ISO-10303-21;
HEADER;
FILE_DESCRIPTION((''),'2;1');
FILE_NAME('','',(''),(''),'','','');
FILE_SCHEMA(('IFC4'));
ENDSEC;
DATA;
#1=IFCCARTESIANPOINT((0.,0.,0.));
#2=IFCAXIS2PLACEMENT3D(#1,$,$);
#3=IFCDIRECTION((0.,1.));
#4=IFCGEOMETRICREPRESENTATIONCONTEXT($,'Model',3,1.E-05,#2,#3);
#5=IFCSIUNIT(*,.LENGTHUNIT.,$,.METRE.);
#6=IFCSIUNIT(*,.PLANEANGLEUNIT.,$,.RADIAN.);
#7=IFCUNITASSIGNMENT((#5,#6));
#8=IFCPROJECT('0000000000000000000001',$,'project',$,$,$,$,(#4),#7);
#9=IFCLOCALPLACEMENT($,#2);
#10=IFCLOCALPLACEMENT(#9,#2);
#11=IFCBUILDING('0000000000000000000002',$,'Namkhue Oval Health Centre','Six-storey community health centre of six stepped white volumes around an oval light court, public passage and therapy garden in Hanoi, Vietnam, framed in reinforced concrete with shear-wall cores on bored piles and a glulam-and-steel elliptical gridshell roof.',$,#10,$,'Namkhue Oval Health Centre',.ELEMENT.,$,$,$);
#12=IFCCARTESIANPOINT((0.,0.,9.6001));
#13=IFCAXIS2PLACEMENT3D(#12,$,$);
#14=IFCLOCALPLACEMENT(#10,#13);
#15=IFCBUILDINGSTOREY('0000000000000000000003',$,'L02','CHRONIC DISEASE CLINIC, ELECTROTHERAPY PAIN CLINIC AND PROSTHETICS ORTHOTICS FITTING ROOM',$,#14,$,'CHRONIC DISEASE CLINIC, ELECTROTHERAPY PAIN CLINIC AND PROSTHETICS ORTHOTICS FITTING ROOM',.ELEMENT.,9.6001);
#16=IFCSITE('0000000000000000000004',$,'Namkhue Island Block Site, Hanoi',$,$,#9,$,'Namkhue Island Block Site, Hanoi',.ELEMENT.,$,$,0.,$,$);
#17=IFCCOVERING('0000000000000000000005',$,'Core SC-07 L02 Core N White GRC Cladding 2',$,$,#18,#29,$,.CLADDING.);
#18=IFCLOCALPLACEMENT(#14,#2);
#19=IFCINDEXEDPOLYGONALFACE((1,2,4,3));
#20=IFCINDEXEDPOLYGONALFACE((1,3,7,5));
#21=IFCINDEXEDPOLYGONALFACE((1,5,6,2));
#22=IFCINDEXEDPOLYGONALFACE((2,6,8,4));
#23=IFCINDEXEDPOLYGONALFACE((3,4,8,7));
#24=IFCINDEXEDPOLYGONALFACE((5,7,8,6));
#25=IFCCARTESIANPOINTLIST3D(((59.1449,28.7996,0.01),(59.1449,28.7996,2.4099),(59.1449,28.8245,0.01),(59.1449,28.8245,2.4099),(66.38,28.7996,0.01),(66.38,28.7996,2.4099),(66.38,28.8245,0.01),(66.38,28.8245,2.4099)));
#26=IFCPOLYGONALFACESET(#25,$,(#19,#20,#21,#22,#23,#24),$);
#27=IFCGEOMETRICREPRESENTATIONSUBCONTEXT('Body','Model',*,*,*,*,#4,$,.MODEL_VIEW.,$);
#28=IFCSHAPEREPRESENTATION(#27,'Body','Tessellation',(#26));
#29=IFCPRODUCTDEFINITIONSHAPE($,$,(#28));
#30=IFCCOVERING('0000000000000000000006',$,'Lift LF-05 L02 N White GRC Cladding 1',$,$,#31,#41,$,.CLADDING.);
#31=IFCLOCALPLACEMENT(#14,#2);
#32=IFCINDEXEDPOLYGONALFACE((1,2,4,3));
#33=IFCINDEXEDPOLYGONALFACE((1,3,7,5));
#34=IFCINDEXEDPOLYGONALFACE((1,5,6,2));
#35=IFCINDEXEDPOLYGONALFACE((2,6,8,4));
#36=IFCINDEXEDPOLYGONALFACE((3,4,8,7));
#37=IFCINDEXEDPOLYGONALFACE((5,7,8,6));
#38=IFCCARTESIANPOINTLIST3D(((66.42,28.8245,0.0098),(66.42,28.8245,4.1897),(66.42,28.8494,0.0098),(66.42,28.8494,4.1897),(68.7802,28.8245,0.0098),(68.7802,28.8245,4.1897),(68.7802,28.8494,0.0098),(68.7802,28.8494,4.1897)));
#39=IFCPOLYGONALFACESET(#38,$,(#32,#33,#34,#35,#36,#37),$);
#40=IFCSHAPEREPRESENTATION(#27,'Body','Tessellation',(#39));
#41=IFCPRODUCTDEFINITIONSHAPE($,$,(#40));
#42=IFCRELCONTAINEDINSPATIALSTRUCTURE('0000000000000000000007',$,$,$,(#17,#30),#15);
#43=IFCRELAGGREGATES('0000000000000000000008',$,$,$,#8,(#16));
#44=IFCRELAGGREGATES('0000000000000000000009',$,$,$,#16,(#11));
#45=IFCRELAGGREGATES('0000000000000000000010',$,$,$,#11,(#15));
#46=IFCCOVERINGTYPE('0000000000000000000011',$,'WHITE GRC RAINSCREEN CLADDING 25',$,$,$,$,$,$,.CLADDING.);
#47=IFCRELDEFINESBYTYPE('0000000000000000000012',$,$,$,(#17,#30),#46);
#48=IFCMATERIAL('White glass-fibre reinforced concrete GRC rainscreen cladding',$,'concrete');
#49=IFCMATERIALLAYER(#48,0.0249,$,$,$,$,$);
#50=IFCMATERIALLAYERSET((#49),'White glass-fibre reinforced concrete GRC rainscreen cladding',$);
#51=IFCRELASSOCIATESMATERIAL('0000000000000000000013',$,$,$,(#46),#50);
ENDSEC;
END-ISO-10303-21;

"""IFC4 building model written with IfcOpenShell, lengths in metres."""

from ifc_helpers import new_model, si_unit, direction, frame, origin, origin_2d, place, context, subcontext, project, spatial, rectangle, extrude, material, layer, layer_set, type_object, element, save


model = new_model("IFC4")

# Units and contexts
model_context = context("Model", 3, precision=1e-05, world=origin(), true_north=direction((0.0, 1.0)))
body_context = subcontext(model_context, "Body", "Model", "MODEL_VIEW")
ifc_project = project(units=[si_unit("LENGTHUNIT", "METRE"), si_unit("PLANEANGLEUNIT", "RADIAN")], contexts=[model_context])

# Site, building, storey
site_placement = place(None, origin())
site = spatial("IfcSite", under=ifc_project, at=site_placement, Name="Namkhue Island Block Site, Hanoi", LongName="Namkhue Island Block Site, Hanoi", CompositionType="ELEMENT", RefElevation=0.0)
building_placement = place(site_placement, origin())
building = spatial("IfcBuilding", under=site, at=building_placement, Name="Namkhue Oval Health Centre", Description="Six-storey community health centre of six stepped white volumes around an oval light court, public passage and therapy garden in Hanoi, Vietnam, framed in reinforced concrete with shear-wall cores on bored piles and a glulam-and-steel elliptical gridshell roof.", LongName="Namkhue Oval Health Centre", CompositionType="ELEMENT")
storey_placement = place(building_placement, frame((0.0, 0.0, 9.6001)))
storey = spatial("IfcBuildingStorey", under=building, at=storey_placement, Name="L02", Description="CHRONIC DISEASE CLINIC, ELECTROTHERAPY PAIN CLINIC AND PROSTHETICS ORTHOTICS FITTING ROOM", LongName="CHRONIC DISEASE CLINIC, ELECTROTHERAPY PAIN CLINIC AND PROSTHETICS ORTHOTICS FITTING ROOM", CompositionType="ELEMENT", Elevation=9.6001)

# Coverings
ifc_material_1 = material(Name="White glass-fibre reinforced concrete GRC rainscreen cladding", Category="concrete")
ifc_layer_1 = layer(ifc_material_1, 0.0249)
ifc_layer_set_1 = layer_set([ifc_layer_1], Name="White glass-fibre reinforced concrete GRC rainscreen cladding")
covering_type = type_object("IfcCoveringType", Name="WHITE GRC RAINSCREEN CLADDING 25", PredefinedType="CLADDING", material=ifc_layer_set_1)
covering_1_placement = place(storey_placement, frame((62.7625, 28.812, 0.01), z_axis=(0.0, 0.0, 1.0), x_axis=(-1.0, 0.0, 0.0)))
element("IfcCovering", 1, at=covering_1_placement, inside=storey, type_object=covering_type, Name="Core SC-07 L02 Core N White GRC Cladding 2", PredefinedType="CLADDING", context=body_context, shape_type="SweptSolid", body=[
    extrude(rectangle(XDim=7.2351, YDim=0.0249, at=origin_2d()), origin(), (0.0, 0.0, 1.0), 2.3999),
])
covering_2_placement = place(storey_placement, frame((67.6001, 28.8369, 0.0098), z_axis=(0.0, 0.0, 1.0), x_axis=(-1.0, 0.0, 0.0)))
element("IfcCovering", 2, at=covering_2_placement, inside=storey, type_object=covering_type, Name="Lift LF-05 L02 N White GRC Cladding 1", PredefinedType="CLADDING", context=body_context, shape_type="SweptSolid", body=[
    extrude(rectangle(XDim=2.3601, YDim=0.0249, at=origin_2d()), origin(), (0.0, 0.0, 1.0), 4.1799),
])

save(model, "model.ifc")
